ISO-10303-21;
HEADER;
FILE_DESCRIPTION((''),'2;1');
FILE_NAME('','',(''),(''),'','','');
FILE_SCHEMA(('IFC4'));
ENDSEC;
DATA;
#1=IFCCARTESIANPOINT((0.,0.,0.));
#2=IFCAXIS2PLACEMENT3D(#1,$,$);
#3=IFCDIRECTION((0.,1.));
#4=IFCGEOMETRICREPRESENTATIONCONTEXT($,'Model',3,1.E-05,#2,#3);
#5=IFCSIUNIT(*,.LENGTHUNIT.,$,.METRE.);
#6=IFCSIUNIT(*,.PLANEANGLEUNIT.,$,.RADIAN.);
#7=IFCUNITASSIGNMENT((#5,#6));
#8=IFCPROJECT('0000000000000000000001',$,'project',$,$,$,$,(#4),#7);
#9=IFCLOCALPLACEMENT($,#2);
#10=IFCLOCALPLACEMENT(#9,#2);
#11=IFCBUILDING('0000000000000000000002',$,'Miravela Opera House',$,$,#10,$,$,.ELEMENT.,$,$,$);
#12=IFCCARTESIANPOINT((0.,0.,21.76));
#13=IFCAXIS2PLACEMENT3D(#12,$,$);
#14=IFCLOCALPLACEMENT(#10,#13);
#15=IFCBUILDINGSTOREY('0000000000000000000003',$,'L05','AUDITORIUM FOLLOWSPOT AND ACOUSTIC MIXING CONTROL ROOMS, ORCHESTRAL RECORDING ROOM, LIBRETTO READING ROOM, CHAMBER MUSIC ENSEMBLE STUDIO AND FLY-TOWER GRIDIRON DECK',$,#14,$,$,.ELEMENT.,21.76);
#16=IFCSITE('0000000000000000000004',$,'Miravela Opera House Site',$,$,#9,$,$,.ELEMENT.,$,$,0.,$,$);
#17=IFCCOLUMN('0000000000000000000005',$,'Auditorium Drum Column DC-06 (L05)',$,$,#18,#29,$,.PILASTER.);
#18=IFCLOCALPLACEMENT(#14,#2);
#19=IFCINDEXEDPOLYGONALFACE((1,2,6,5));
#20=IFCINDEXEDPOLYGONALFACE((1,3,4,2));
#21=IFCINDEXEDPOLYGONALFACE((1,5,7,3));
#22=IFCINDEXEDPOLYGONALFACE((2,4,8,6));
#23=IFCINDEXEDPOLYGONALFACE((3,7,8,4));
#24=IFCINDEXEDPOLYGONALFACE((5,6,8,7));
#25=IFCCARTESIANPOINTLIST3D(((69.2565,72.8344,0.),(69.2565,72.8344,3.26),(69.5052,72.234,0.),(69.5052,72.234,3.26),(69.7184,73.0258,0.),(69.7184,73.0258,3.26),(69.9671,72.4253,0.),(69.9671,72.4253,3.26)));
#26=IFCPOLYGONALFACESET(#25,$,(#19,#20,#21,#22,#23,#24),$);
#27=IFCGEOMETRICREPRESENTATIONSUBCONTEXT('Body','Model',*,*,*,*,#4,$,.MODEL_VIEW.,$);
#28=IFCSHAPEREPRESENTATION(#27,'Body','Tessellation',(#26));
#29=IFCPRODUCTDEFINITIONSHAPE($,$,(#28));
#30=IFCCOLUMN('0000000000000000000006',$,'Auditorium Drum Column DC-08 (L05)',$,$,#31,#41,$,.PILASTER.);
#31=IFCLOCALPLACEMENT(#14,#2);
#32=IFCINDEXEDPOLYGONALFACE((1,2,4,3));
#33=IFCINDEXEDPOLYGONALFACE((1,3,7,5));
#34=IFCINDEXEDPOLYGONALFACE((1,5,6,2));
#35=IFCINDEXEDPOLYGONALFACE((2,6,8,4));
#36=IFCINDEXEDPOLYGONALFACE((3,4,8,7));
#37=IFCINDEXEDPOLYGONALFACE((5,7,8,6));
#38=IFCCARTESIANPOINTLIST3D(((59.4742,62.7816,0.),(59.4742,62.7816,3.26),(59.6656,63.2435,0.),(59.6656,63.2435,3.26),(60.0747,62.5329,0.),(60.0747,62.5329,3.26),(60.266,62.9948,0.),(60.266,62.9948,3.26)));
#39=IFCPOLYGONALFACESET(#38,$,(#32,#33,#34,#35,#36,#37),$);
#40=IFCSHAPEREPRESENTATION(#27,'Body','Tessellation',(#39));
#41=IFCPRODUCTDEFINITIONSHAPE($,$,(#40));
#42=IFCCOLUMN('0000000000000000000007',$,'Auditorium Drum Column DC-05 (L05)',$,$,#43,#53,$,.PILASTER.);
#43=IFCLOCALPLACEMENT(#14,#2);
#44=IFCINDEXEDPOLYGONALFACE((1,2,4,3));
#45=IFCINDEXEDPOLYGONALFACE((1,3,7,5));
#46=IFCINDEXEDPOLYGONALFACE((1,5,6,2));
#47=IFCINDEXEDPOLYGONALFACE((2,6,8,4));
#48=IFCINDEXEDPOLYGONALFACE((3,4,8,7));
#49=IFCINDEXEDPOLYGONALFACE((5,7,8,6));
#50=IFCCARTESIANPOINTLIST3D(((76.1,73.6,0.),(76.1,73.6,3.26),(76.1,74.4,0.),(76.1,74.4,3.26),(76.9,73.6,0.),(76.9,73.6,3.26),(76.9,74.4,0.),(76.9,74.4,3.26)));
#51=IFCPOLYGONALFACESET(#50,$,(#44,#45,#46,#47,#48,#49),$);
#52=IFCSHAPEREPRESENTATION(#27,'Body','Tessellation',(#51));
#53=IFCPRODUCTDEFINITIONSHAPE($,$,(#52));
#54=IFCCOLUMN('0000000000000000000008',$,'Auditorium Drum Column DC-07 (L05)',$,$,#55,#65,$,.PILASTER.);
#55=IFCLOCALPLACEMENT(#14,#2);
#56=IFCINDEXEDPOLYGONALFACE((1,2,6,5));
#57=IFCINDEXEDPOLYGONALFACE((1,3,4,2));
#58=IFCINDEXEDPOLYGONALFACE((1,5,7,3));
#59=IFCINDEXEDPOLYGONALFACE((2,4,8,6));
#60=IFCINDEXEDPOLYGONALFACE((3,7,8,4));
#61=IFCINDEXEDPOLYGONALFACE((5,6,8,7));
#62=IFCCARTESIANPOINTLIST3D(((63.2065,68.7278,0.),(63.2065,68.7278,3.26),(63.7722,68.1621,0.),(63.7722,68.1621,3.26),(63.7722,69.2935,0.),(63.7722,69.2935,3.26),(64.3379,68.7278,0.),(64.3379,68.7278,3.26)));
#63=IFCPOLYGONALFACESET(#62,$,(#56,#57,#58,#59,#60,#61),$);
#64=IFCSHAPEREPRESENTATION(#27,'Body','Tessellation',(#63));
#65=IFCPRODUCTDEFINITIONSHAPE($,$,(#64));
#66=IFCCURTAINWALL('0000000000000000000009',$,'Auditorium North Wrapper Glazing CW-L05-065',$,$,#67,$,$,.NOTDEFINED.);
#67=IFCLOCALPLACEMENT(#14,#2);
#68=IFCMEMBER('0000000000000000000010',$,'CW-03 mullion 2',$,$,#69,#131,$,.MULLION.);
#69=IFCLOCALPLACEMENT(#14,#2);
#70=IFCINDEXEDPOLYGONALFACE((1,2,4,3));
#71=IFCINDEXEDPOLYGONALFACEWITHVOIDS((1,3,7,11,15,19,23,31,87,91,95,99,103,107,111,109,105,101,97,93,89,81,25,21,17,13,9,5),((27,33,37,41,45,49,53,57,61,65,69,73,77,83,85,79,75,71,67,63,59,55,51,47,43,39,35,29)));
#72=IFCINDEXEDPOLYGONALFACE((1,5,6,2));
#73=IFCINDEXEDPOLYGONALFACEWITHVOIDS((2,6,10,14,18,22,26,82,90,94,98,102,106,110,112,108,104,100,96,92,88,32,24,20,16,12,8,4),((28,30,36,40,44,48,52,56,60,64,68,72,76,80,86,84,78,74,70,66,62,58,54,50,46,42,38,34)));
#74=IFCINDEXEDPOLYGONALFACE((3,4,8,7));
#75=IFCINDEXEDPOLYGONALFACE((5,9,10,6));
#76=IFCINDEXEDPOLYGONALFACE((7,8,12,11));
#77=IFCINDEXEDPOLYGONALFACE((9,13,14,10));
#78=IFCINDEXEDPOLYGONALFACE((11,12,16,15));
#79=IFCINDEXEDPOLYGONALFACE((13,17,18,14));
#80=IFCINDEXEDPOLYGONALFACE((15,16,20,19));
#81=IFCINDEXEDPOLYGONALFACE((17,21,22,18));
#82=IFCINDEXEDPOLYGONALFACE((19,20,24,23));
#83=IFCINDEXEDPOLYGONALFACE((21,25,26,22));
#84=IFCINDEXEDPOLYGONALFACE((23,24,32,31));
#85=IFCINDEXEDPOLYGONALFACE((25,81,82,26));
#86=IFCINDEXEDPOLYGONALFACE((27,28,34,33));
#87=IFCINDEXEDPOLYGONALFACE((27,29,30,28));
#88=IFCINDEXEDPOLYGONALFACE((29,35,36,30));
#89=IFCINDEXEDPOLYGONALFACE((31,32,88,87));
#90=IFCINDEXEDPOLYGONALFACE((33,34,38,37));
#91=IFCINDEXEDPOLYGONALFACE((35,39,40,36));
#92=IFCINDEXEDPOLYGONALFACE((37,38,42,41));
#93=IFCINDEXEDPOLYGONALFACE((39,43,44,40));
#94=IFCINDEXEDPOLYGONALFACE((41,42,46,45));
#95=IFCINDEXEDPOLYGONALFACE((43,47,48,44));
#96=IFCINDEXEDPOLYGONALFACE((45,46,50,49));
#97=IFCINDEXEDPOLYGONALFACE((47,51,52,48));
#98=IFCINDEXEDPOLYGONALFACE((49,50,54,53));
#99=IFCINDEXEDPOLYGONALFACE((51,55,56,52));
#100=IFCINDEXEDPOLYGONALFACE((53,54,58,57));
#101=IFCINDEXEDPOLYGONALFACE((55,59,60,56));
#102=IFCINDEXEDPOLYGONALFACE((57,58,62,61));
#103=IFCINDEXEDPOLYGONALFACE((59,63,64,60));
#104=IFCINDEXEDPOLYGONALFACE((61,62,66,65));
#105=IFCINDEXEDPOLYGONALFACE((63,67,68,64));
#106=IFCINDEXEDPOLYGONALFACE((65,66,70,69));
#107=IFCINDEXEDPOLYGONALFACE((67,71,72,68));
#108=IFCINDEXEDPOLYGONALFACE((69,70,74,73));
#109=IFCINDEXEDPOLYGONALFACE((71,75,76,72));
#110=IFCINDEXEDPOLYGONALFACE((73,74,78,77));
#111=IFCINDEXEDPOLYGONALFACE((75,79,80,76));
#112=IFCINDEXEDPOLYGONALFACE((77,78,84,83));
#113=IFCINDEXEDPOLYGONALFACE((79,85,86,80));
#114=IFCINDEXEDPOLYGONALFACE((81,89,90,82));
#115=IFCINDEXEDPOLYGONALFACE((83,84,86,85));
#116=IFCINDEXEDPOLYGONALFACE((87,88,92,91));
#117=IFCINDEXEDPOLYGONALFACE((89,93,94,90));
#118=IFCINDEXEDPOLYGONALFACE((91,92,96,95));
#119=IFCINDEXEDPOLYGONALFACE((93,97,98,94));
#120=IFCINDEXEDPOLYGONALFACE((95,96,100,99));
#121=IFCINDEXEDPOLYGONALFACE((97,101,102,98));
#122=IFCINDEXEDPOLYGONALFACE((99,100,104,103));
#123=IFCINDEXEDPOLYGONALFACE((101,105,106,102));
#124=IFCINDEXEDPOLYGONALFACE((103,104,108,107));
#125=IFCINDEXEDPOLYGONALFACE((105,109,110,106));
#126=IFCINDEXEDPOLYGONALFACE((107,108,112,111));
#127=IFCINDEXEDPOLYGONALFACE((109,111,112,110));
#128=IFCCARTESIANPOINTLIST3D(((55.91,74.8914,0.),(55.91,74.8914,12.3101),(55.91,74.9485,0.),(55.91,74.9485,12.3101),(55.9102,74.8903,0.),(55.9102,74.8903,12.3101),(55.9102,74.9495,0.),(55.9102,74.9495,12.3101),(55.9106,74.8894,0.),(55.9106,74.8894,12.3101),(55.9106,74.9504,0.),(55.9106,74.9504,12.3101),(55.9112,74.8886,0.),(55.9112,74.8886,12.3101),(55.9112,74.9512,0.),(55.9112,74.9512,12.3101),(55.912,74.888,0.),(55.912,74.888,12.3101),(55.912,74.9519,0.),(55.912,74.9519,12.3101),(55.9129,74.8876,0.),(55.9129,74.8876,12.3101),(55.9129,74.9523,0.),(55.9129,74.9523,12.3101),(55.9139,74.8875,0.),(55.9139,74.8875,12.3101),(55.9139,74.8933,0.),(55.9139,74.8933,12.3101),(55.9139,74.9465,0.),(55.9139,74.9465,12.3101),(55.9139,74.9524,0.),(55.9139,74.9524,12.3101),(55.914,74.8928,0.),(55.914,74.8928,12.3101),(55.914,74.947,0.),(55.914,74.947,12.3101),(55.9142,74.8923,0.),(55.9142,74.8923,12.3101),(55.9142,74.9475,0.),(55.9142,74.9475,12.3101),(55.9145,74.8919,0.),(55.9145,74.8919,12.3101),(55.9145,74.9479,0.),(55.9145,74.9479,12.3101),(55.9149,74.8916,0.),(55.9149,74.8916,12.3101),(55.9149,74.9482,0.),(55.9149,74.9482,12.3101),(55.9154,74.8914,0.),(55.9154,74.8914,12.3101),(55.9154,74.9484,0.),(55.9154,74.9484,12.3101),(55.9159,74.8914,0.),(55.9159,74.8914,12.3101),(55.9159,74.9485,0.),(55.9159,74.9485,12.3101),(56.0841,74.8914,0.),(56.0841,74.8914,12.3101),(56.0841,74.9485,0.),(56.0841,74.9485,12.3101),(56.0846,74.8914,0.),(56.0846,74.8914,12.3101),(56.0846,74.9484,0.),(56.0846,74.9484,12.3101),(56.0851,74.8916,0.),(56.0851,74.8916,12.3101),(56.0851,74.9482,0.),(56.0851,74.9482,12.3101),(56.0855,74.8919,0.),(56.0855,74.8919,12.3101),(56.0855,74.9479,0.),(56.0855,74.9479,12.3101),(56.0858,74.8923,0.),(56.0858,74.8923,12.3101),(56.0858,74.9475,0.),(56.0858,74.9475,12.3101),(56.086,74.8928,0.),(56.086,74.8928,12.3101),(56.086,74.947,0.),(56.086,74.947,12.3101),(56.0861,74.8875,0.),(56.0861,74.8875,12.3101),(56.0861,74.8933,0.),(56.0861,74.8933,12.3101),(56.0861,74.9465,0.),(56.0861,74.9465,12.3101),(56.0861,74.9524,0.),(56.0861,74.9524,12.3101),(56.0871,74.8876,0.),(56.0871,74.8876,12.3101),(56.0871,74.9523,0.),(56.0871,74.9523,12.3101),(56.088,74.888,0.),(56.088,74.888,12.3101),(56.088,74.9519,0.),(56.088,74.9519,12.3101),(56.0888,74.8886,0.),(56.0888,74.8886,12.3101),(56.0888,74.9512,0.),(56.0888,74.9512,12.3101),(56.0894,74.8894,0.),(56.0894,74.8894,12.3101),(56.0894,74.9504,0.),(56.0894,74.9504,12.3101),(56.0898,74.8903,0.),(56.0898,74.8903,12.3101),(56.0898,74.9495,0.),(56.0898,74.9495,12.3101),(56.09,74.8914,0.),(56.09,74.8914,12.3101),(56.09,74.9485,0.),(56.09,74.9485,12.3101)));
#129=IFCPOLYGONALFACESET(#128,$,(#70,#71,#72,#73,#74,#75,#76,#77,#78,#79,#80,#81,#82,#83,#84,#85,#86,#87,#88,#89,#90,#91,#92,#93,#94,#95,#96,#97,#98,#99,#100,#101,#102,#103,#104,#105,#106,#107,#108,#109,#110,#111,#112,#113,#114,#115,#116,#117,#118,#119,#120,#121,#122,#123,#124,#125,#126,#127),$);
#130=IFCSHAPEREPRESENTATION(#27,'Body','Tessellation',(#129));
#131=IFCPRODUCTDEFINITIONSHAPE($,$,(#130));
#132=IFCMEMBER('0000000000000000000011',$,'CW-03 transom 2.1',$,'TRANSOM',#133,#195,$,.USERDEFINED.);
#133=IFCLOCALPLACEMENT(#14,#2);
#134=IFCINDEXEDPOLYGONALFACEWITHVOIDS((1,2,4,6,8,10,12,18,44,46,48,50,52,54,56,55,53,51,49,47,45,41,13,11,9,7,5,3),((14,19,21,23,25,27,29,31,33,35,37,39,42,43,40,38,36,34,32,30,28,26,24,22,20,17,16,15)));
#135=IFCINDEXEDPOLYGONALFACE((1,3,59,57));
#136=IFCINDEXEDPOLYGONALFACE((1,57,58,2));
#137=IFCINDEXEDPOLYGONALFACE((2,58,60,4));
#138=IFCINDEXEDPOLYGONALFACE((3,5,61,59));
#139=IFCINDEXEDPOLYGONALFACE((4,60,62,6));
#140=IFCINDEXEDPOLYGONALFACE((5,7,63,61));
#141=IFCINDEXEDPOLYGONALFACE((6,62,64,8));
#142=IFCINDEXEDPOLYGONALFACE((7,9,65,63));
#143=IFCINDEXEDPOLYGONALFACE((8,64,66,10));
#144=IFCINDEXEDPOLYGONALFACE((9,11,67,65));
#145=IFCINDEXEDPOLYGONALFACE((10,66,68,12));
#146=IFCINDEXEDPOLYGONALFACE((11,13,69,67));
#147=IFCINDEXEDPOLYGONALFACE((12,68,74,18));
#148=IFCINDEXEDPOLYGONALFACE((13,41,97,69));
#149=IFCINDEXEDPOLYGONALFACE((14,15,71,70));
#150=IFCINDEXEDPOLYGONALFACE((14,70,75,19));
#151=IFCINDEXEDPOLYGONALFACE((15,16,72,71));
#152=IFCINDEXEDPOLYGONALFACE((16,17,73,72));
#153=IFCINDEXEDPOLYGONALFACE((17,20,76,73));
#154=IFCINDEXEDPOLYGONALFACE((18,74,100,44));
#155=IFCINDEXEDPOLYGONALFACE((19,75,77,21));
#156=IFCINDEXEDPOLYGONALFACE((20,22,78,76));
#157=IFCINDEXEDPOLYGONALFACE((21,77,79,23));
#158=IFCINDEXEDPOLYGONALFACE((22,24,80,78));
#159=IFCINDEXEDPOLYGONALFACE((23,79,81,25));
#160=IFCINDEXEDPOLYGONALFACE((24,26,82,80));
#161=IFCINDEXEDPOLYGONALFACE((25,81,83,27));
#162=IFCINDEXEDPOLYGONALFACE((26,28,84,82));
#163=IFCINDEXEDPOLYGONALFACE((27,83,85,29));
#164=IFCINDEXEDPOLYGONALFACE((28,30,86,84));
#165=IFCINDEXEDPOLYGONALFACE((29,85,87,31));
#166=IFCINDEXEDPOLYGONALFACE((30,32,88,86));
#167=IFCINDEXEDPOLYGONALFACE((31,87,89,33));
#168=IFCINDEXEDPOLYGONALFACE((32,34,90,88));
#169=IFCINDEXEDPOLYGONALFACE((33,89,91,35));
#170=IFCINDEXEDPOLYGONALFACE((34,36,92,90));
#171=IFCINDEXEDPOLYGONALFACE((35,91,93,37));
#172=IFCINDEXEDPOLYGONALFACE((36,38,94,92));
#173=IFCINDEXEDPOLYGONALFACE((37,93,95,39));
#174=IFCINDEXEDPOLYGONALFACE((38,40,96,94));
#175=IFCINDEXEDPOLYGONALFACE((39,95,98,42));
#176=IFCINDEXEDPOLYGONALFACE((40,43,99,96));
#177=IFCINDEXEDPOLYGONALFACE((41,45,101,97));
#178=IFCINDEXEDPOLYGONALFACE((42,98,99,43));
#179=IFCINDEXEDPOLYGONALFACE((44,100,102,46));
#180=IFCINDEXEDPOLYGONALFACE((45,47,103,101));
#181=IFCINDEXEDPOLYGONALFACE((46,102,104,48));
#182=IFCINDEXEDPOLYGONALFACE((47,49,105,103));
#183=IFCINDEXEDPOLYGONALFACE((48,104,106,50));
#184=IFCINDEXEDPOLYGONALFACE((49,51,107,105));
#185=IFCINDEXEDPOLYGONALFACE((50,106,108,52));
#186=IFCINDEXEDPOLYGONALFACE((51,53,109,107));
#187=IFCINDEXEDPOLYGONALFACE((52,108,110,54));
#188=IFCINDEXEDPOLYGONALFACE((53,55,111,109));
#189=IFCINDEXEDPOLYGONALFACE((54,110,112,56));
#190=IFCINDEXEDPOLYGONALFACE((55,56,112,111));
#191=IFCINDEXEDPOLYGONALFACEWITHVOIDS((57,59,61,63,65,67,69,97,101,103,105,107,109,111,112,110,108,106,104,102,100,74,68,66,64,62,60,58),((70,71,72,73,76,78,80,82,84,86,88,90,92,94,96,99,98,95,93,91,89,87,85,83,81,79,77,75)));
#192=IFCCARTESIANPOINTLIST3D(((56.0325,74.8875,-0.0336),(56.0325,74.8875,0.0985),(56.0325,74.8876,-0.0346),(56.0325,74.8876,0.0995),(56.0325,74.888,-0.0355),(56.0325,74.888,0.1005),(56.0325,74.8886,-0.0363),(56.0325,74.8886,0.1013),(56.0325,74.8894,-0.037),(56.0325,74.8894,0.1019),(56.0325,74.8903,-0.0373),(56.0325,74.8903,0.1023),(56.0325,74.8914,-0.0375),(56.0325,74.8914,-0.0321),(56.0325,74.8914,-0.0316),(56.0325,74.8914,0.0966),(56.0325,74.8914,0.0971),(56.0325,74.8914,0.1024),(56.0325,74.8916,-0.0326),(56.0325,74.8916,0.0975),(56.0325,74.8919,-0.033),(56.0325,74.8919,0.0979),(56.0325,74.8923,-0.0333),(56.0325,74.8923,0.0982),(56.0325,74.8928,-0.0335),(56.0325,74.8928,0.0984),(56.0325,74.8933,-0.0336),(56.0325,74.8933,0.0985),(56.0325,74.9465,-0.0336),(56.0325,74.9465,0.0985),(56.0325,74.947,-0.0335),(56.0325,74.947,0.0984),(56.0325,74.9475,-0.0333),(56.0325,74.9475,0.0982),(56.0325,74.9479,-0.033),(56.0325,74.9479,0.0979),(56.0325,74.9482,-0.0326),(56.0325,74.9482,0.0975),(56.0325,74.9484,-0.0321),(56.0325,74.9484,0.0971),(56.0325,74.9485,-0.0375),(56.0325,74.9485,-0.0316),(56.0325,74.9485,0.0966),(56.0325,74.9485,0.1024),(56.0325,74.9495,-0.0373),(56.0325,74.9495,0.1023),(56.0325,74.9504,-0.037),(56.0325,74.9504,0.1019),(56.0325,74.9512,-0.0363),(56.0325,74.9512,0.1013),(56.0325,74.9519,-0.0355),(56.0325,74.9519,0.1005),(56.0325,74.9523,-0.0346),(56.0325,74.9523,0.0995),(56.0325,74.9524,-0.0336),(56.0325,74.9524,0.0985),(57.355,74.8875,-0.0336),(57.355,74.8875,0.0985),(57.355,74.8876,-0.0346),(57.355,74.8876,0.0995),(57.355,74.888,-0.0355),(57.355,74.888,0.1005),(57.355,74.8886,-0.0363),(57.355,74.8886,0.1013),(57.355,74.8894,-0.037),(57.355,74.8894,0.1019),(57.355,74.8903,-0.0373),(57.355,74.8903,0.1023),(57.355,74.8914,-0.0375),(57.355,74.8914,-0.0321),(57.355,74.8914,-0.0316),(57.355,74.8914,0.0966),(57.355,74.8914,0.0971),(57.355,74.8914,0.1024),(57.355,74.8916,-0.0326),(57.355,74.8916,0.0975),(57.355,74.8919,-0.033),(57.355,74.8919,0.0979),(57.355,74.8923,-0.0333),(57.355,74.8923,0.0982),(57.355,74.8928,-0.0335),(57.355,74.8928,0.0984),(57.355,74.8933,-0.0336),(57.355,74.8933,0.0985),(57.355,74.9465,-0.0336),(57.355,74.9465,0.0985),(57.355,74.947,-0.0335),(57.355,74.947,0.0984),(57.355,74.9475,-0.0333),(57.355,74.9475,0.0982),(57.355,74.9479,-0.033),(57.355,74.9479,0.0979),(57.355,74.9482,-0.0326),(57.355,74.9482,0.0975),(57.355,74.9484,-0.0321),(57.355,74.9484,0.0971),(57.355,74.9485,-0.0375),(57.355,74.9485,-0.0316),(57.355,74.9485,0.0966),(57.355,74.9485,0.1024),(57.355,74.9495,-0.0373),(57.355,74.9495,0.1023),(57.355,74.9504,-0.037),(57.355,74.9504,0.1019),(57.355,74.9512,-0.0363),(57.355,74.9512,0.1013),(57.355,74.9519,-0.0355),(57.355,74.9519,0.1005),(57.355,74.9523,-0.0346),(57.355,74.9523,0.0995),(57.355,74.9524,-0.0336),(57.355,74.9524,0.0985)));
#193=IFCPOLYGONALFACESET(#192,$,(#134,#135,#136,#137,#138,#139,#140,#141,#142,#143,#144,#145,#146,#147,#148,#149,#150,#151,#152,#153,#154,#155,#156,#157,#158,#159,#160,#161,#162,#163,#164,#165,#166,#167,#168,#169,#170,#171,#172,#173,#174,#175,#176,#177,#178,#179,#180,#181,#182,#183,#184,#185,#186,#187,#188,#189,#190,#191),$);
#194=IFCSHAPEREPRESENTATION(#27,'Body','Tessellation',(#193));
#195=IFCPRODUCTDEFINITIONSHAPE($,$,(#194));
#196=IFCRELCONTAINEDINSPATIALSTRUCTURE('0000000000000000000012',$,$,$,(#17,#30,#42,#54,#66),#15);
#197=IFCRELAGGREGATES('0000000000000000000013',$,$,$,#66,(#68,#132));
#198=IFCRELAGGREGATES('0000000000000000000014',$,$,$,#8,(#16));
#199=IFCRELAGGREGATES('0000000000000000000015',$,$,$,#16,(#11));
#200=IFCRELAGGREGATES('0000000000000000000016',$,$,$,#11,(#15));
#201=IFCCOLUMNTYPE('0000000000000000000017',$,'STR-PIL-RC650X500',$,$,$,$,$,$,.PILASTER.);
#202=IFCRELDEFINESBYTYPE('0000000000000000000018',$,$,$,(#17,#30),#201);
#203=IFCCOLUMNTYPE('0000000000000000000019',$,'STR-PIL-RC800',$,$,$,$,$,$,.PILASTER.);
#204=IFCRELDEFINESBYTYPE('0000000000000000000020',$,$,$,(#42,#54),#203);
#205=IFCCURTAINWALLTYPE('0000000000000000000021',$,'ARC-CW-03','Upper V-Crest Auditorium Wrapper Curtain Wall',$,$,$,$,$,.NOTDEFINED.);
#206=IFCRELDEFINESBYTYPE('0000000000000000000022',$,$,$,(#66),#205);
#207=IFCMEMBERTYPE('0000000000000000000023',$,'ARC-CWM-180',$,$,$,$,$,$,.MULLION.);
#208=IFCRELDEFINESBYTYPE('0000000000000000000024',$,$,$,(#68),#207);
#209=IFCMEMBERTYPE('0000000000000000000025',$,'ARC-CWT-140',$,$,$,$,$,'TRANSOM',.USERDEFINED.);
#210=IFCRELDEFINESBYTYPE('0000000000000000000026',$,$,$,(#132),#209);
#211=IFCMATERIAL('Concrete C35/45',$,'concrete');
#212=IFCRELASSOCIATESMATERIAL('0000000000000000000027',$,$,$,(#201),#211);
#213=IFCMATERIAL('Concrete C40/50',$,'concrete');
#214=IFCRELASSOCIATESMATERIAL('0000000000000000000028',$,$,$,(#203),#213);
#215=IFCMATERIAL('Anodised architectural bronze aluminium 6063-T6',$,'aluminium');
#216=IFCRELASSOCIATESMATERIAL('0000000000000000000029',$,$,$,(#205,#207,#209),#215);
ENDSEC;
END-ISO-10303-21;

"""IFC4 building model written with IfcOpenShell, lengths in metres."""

from ifc_helpers import new_model, si_unit, direction, frame, origin, origin_2d, place, context, subcontext, project, spatial, rectangle, hollow_rectangle, extrude, material, material_profile, profile_set, type_object, element, aggregate, save


model = new_model("IFC4")

# Units and contexts
model_context = context("Model", 3, precision=1e-05, world=origin(), true_north=direction((0.0, 1.0)))
body_context = subcontext(model_context, "Body", "Model", "MODEL_VIEW")
ifc_project = project(units=[si_unit("LENGTHUNIT", "METRE"), si_unit("PLANEANGLEUNIT", "RADIAN")], contexts=[model_context])

# Site, building, storey
site_placement = place(None, origin())
site = spatial("IfcSite", under=ifc_project, at=site_placement, Name="Miravela Opera House Site", CompositionType="ELEMENT", RefElevation=0.0)
building_placement = place(site_placement, origin())
building = spatial("IfcBuilding", under=site, at=building_placement, Name="Miravela Opera House", CompositionType="ELEMENT")
storey_placement = place(building_placement, frame((0.0, 0.0, 21.76)))
storey = spatial("IfcBuildingStorey", under=building, at=storey_placement, Name="L05", Description="AUDITORIUM FOLLOWSPOT AND ACOUSTIC MIXING CONTROL ROOMS, ORCHESTRAL RECORDING ROOM, LIBRETTO READING ROOM, CHAMBER MUSIC ENSEMBLE STUDIO AND FLY-TOWER GRIDIRON DECK", CompositionType="ELEMENT", Elevation=21.76)

# Columns
ifc_material_1 = material(Name="Concrete C35/45", Category="concrete")
ifc_material_profile_1 = material_profile(ifc_material_1, rectangle(XDim=0.6499, YDim=0.5, at=origin_2d()), Name="RC-PIL-650X500")
ifc_profile_set_1 = profile_set([ifc_material_profile_1])
column_type_1 = type_object("IfcColumnType", Name="STR-PIL-RC650X500", PredefinedType="PILASTER", material=ifc_profile_set_1)
for number, where, z_axis, x_axis, name in (
    (1, (69.6118, 72.6299, 0.0), (0.0, 0.0, 1.0), (-0.382683, 0.92388, 0.0), "Auditorium Drum Column DC-06 (L05)"),
    (2, (59.8701, 62.8882, 0.0), (0.0, 0.0, 1.0), (-0.92388, 0.382683, 0.0), "Auditorium Drum Column DC-08 (L05)"),
):
    element("IfcColumn", number, at=place(storey_placement, frame(where, z_axis=z_axis, x_axis=x_axis)), inside=storey, type_object=column_type_1, Name=name, PredefinedType="PILASTER", context=body_context, shape_type="SweptSolid", body=[
        extrude(rectangle(XDim=0.6499, YDim=0.5, at=origin_2d()), origin(), (0.0, 0.0, 1.0), 3.26),
    ])
ifc_material_2 = material(Name="Concrete C40/50", Category="concrete")
ifc_material_profile_2 = material_profile(ifc_material_2, rectangle(XDim=0.8, YDim=0.8, at=origin_2d()), Name="RC-COL-800X800")
ifc_profile_set_2 = profile_set([ifc_material_profile_2])
column_type_2 = type_object("IfcColumnType", Name="STR-PIL-RC800", PredefinedType="PILASTER", material=ifc_profile_set_2)
for number, where, z_axis, x_axis, name in (
    (3, (76.5, 74.0, 0.0), (0.0, 0.0, 1.0), (0.0, 1.0, 0.0), "Auditorium Drum Column DC-05 (L05)"),
    (4, (63.7722, 68.7278, 0.0), (0.0, 0.0, 1.0), (-0.707107, 0.707107, 0.0), "Auditorium Drum Column DC-07 (L05)"),
):
    element("IfcColumn", number, at=place(storey_placement, frame(where, z_axis=z_axis, x_axis=x_axis)), inside=storey, type_object=column_type_2, Name=name, PredefinedType="PILASTER", context=body_context, shape_type="SweptSolid", body=[
        extrude(rectangle(XDim=0.8, YDim=0.8, at=origin_2d()), origin(), (0.0, 0.0, 1.0), 3.26),
    ])

# Curtain wall, members
ifc_material_3 = material(Name="Anodised architectural bronze aluminium 6063-T6", Category="aluminium")
curtain_wall_type = type_object("IfcCurtainWallType", Name="ARC-CW-03", Description="Upper V-Crest Auditorium Wrapper Curtain Wall", PredefinedType="NOTDEFINED", material=ifc_material_3)
curtain_wall_placement = place(storey_placement, origin())
curtain_wall = element("IfcCurtainWall", 5, at=curtain_wall_placement, inside=storey, type_object=curtain_wall_type, Name="Auditorium North Wrapper Glazing CW-L05-065", PredefinedType="NOTDEFINED")
ifc_material_profile_3 = material_profile(ifc_material_3, hollow_rectangle(XDim=0.0649, YDim=0.1799, WallThickness=0.0039, InnerFilletRadius=0.002, OuterFilletRadius=0.0039, at=origin_2d()), Name="CWM-65X180")
ifc_profile_set_3 = profile_set([ifc_material_profile_3])
member_type_1 = type_object("IfcMemberType", Name="ARC-CWM-180", PredefinedType="MULLION", material=ifc_profile_set_3)
member_1_placement = place(storey_placement, frame((56.0, 74.9199, 0.0), z_axis=(0.0, 0.0, 1.0), x_axis=(0.0, 1.0, 0.0)))
member_1 = element("IfcMember", 6, at=member_1_placement, type_object=member_type_1, Name="CW-03 mullion 2", PredefinedType="MULLION", context=body_context, shape_type="SweptSolid", body=[
    extrude(hollow_rectangle(XDim=0.0649, YDim=0.1799, WallThickness=0.0039, InnerFilletRadius=0.002, OuterFilletRadius=0.0039, at=origin_2d()), origin(), (0.0, 0.0, 1.0), 12.3101),
])
ifc_material_profile_4 = material_profile(ifc_material_3, hollow_rectangle(XDim=0.0649, YDim=0.1399, WallThickness=0.0039, InnerFilletRadius=0.002, OuterFilletRadius=0.0039, at=origin_2d()), Name="CWT-65X140")
ifc_profile_set_4 = profile_set([ifc_material_profile_4])
member_type_2 = type_object("IfcMemberType", Name="ARC-CWT-140", ElementType="TRANSOM", PredefinedType="USERDEFINED", material=ifc_profile_set_4)
member_2_placement = place(storey_placement, frame((56.0325, 74.9199, 0.0325), z_axis=(1.0, 0.0, 0.0), x_axis=(0.0, 1.0, 0.0)))
member_2 = element("IfcMember", 7, at=member_2_placement, type_object=member_type_2, Name="CW-03 transom 2.1", ObjectType="TRANSOM", PredefinedType="USERDEFINED", context=body_context, shape_type="SweptSolid", body=[
    extrude(hollow_rectangle(XDim=0.0649, YDim=0.1399, WallThickness=0.0039, InnerFilletRadius=0.002, OuterFilletRadius=0.0039, at=origin_2d()), origin(), (0.0, 0.0, 1.0), 1.3225),
])
aggregate(curtain_wall, [member_1, member_2])

save(model, "model.ifc")
